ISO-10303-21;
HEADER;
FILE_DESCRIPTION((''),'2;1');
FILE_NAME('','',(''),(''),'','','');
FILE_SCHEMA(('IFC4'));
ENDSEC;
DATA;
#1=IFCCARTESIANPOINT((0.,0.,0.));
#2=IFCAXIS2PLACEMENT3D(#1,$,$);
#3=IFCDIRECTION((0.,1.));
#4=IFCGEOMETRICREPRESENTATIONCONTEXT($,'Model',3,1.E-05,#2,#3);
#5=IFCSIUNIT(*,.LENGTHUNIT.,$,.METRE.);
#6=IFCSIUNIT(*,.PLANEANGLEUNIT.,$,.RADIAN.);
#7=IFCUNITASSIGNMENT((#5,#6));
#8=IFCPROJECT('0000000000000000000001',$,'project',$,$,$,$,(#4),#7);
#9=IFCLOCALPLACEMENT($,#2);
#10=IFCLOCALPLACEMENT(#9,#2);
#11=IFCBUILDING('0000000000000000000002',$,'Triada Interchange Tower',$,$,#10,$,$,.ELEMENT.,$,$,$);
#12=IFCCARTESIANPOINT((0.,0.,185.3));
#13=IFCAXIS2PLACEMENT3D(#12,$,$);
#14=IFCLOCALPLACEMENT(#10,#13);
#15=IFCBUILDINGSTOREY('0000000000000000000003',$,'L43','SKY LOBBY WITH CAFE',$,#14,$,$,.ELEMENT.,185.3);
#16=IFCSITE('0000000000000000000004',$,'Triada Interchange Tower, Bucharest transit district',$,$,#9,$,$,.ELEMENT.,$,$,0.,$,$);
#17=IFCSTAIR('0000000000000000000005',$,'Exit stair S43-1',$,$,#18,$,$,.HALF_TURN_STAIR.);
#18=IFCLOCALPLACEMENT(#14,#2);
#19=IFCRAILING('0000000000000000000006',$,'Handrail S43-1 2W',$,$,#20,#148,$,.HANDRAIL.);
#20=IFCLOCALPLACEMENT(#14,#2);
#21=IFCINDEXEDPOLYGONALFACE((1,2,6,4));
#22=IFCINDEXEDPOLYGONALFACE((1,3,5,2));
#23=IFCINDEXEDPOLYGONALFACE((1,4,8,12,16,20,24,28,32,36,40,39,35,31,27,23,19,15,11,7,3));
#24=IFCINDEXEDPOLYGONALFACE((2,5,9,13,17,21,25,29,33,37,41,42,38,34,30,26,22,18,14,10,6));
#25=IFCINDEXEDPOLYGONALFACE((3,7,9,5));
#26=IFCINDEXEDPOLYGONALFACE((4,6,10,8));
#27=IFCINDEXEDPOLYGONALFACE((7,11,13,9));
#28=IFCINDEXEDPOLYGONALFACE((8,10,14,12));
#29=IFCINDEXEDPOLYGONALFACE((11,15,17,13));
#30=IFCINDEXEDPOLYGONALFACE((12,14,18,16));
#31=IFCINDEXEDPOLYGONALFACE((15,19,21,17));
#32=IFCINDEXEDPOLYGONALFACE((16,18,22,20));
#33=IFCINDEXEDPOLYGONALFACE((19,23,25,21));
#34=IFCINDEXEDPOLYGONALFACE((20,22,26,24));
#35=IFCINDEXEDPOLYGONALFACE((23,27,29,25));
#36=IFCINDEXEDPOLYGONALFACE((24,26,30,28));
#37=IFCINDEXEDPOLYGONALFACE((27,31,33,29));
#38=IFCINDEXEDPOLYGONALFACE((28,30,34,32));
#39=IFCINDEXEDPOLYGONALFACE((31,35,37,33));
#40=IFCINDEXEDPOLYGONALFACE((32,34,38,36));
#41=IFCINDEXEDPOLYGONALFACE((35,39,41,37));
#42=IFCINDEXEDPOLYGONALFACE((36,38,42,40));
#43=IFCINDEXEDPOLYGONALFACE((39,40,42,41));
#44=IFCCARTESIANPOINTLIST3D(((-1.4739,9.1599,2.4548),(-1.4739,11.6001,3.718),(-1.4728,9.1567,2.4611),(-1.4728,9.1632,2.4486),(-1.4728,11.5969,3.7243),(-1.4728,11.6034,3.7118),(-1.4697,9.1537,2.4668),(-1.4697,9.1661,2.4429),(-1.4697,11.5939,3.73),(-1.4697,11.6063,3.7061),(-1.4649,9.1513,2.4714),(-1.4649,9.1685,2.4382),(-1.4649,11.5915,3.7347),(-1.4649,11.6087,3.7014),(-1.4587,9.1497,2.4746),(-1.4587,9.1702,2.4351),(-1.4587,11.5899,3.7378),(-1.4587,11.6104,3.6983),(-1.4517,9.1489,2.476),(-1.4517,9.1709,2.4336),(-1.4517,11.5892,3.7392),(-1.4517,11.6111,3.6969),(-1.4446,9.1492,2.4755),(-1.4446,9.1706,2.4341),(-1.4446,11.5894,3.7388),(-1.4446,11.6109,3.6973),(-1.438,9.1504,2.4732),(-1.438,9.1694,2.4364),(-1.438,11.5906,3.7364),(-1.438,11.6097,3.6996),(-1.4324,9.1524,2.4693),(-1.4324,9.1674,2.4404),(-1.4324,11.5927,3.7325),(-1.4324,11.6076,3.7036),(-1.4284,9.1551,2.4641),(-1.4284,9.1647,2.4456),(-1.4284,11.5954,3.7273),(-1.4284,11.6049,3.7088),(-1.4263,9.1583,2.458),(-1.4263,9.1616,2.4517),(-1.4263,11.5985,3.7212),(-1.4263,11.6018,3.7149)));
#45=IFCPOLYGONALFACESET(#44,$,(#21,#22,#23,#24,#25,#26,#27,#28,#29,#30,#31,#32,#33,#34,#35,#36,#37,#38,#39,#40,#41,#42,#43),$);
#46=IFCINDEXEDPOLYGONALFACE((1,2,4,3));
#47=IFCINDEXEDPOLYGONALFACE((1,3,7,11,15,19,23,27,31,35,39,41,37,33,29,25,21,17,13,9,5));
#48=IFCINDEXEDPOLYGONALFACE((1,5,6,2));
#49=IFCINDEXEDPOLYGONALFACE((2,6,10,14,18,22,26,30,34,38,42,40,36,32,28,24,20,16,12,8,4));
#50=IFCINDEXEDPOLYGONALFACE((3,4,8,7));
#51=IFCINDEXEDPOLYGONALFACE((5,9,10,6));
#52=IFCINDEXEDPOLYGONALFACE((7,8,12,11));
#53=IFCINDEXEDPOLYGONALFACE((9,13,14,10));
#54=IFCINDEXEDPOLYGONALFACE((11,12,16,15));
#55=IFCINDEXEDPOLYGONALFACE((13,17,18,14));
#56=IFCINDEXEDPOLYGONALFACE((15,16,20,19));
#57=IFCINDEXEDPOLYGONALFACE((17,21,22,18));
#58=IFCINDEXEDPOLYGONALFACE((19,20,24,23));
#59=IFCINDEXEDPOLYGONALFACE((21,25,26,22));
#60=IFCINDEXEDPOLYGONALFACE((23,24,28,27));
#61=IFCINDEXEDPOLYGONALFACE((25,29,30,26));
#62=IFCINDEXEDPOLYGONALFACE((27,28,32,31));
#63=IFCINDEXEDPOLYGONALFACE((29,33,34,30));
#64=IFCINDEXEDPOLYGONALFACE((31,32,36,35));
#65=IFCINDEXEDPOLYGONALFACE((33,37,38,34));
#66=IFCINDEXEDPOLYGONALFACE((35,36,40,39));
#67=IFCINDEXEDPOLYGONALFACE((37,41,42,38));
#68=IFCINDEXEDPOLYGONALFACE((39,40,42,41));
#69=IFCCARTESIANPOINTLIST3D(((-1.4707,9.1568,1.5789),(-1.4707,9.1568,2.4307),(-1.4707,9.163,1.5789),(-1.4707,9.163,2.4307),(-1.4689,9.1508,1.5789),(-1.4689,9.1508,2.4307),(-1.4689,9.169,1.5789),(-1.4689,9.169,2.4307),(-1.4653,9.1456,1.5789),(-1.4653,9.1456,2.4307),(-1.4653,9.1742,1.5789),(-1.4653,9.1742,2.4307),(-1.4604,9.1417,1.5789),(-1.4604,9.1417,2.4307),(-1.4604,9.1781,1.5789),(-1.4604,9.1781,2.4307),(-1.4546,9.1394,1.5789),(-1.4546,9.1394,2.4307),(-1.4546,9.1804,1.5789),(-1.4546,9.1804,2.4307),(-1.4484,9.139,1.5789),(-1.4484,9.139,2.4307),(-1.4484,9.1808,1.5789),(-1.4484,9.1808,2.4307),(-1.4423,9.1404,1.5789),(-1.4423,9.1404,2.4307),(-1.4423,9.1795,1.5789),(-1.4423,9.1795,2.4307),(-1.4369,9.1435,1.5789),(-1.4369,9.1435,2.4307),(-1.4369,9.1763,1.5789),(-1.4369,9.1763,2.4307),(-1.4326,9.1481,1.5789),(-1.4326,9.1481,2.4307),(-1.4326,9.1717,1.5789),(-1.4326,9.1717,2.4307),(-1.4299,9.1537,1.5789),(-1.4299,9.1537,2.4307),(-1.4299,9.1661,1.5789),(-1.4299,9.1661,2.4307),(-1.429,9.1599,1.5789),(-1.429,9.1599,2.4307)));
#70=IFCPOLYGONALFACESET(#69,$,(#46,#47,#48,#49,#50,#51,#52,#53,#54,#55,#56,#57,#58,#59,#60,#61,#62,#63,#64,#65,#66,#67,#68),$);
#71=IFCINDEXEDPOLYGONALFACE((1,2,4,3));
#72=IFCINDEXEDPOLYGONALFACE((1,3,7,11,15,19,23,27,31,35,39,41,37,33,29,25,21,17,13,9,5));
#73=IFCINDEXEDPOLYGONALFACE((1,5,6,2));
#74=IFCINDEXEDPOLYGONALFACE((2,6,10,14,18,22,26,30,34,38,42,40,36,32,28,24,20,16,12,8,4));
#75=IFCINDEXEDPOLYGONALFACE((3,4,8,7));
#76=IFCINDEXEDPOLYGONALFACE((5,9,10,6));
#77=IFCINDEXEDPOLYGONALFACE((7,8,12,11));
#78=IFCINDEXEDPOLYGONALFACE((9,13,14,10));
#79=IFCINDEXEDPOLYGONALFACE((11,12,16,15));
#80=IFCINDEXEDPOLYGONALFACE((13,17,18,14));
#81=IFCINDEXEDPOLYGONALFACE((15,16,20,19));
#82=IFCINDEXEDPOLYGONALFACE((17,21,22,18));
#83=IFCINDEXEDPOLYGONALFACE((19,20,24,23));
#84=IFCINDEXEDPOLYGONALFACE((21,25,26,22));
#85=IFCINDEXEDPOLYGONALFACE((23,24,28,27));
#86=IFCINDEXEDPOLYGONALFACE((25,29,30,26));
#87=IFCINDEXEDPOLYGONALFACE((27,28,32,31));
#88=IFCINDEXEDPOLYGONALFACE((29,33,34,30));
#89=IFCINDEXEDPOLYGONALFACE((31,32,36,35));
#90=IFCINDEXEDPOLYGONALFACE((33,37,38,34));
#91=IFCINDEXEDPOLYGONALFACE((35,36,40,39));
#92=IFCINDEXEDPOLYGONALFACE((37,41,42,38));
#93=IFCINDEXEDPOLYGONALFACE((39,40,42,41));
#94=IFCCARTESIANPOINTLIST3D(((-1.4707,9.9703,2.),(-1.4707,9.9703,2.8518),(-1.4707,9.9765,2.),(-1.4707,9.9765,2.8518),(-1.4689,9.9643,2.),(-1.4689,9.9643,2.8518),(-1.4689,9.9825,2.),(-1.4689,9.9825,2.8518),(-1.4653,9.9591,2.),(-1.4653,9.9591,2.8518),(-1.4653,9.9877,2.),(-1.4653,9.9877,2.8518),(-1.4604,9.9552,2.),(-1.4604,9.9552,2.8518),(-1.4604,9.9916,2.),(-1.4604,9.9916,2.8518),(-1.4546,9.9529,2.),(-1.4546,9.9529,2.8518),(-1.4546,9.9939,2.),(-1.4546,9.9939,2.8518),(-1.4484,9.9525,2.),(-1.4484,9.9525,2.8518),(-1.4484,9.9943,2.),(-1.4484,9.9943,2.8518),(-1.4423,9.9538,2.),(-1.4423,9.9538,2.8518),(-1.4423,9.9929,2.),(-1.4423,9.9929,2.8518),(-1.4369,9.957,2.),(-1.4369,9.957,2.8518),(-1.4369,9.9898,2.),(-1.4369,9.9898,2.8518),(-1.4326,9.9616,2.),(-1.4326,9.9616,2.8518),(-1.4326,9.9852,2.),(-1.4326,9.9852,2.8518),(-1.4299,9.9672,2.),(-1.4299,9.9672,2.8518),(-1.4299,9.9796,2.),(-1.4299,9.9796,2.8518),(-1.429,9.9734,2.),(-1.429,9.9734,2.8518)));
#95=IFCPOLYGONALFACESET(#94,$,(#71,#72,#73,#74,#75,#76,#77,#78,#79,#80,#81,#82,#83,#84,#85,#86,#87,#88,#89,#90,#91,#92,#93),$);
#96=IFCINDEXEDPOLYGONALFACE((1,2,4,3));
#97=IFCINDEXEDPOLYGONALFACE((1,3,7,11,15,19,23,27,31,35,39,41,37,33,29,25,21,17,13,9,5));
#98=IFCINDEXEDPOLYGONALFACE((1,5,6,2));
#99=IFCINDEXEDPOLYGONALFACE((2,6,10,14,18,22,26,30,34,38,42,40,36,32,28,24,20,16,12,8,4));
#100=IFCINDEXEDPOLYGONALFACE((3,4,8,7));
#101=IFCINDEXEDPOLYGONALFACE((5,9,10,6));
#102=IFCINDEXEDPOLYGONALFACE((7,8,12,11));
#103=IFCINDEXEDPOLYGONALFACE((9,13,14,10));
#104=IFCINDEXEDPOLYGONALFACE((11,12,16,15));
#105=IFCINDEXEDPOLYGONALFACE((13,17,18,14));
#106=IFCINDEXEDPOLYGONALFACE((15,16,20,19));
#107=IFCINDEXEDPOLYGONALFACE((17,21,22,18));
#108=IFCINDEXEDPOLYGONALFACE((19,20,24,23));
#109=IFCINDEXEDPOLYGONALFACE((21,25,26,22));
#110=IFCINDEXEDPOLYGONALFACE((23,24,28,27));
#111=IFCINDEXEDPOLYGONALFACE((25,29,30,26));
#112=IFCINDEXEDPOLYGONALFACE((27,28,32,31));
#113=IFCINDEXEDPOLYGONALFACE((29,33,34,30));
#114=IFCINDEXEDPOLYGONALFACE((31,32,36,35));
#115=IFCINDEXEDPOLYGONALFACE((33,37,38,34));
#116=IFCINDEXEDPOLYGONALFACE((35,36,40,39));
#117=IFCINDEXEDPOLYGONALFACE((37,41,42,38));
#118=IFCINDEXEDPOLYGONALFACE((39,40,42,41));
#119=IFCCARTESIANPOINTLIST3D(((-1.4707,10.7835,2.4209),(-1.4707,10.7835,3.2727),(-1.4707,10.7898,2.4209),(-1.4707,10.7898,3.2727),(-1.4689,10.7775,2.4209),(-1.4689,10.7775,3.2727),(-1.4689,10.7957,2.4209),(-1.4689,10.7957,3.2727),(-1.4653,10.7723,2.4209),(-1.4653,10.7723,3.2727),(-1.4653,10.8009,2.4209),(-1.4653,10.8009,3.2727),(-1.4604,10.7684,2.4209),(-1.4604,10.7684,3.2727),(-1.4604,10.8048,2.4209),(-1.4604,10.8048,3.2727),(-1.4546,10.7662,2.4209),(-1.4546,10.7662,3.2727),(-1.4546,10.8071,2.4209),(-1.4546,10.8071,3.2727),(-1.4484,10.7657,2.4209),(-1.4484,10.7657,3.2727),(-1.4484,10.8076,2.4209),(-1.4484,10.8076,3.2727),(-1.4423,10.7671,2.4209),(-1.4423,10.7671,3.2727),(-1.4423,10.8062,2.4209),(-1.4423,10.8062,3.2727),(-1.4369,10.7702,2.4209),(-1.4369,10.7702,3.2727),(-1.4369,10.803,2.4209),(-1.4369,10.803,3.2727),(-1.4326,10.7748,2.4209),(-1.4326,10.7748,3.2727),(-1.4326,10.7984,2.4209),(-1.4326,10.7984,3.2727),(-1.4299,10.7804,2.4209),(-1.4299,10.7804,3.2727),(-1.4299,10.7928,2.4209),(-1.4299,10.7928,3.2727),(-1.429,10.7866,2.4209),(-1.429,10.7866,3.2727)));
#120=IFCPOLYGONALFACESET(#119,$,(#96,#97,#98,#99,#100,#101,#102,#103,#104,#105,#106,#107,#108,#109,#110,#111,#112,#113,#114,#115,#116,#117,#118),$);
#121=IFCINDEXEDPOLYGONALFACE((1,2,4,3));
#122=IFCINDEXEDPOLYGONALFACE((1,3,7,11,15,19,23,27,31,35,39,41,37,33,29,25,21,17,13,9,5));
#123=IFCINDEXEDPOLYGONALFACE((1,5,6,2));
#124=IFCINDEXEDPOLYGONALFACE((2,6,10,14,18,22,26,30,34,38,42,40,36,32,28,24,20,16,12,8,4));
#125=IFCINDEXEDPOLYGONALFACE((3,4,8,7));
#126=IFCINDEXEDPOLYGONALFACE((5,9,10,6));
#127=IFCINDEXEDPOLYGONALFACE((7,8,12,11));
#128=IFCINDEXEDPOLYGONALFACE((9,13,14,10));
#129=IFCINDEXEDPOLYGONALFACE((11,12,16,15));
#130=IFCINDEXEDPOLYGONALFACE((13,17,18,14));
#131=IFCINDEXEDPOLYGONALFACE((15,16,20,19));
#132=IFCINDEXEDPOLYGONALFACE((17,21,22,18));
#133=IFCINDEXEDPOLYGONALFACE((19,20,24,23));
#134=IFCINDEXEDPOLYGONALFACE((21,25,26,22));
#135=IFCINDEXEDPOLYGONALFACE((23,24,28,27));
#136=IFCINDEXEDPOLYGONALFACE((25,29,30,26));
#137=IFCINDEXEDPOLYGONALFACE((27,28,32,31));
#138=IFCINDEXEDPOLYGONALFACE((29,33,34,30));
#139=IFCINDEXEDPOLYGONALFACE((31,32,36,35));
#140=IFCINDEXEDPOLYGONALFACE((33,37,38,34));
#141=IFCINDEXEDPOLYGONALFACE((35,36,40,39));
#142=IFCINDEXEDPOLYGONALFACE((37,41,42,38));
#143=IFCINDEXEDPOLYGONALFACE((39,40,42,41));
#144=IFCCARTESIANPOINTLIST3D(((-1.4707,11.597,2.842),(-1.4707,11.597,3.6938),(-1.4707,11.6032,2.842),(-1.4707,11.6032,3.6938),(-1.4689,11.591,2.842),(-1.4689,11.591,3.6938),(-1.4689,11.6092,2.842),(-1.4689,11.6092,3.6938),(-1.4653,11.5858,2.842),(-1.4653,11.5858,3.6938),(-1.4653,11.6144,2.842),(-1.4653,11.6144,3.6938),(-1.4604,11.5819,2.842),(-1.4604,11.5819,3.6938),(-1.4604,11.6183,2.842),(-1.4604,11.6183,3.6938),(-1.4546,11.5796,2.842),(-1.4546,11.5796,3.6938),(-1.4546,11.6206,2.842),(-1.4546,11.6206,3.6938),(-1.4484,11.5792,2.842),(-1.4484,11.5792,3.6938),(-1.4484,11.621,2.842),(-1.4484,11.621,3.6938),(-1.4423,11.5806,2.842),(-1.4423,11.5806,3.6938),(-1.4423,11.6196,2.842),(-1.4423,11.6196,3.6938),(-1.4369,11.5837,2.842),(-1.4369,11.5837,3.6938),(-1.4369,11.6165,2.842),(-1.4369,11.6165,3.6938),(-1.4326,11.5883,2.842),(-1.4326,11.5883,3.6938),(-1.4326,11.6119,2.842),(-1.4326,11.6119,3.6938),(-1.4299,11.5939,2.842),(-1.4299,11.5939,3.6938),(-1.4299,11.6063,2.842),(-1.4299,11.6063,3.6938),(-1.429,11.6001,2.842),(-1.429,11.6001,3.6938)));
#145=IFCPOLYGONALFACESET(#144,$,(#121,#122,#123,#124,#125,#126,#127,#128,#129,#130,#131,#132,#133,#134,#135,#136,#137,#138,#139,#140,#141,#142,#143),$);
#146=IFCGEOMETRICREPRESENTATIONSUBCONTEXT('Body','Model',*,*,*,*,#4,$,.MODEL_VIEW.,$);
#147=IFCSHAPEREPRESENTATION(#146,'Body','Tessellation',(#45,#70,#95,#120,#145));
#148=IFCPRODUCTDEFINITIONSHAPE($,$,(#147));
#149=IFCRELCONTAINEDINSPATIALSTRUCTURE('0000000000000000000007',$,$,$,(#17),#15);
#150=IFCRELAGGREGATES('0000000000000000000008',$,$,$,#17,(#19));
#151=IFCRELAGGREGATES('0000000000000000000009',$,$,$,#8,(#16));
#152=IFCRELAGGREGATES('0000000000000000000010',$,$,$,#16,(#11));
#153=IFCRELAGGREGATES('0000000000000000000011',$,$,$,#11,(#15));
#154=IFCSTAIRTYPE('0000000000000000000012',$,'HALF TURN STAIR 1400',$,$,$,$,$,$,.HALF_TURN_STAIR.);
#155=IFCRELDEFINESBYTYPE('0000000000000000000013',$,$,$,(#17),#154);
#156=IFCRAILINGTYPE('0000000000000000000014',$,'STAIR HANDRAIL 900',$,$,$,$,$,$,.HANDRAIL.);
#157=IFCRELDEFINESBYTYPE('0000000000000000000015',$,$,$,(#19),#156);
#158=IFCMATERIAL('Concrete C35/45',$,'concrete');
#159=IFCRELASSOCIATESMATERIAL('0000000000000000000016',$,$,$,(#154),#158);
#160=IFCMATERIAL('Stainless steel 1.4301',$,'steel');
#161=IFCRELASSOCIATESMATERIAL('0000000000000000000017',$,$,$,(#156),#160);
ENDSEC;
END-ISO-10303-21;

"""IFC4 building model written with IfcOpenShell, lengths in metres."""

from ifc_helpers import new_model, si_unit, direction, frame, origin, origin_2d, place, context, subcontext, project, spatial, circle, extrude, material, type_object, element, aggregate, save


model = new_model("IFC4")

# Units and contexts
model_context = context("Model", 3, precision=1e-05, world=origin(), true_north=direction((0.0, 1.0)))
body_context = subcontext(model_context, "Body", "Model", "MODEL_VIEW")
ifc_project = project(units=[si_unit("LENGTHUNIT", "METRE"), si_unit("PLANEANGLEUNIT", "RADIAN")], contexts=[model_context])

# Site, building, storey
site_placement = place(None, origin())
site = spatial("IfcSite", under=ifc_project, at=site_placement, Name="Triada Interchange Tower, Bucharest transit district", CompositionType="ELEMENT", RefElevation=0.0)
building_placement = place(site_placement, origin())
building = spatial("IfcBuilding", under=site, at=building_placement, Name="Triada Interchange Tower", CompositionType="ELEMENT")
storey_placement = place(building_placement, frame((0.0, 0.0, 185.3)))
storey = spatial("IfcBuildingStorey", under=building, at=storey_placement, Name="L43", Description="SKY LOBBY WITH CAFE", CompositionType="ELEMENT", Elevation=185.3)

# Stair, railing
ifc_material_1 = material(Name="Concrete C35/45", Category="concrete")
stair_type = type_object("IfcStairType", Name="HALF TURN STAIR 1400", PredefinedType="HALF_TURN_STAIR", material=ifc_material_1)
stair_placement = place(storey_placement, origin())
stair = element("IfcStair", 1, at=stair_placement, inside=storey, type_object=stair_type, Name="Exit stair S43-1", PredefinedType="HALF_TURN_STAIR")
ifc_material_2 = material(Name="Stainless steel 1.4301", Category="steel")
railing_type = type_object("IfcRailingType", Name="STAIR HANDRAIL 900", PredefinedType="HANDRAIL", material=ifc_material_2)
railing_1_placement = place(storey_placement, frame((-1.45, 9.1599, 1.5789)))
railing_1 = element("IfcRailing", 2, at=railing_1_placement, type_object=railing_type, Name="Handrail S43-1 2W", PredefinedType="HANDRAIL", context=body_context, shape_type="SweptSolid", body=[
    extrude(circle(Radius=0.0239, at=origin_2d()), frame((0.0, 0.0, 0.876), z_axis=(0.0, 0.888066, 0.459715), x_axis=(-1.0, 0.0, 0.0)), (0.0, 0.0, 1.0), 2.7478),
    extrude(circle(Radius=0.021, at=origin_2d()), origin(), (0.0, 0.0, 1.0), 0.8518),
    extrude(circle(Radius=0.021, at=origin_2d()), frame((0.0, 0.8135, 0.4211)), (0.0, 0.0, 1.0), 0.8518),
    extrude(circle(Radius=0.021, at=origin_2d()), frame((0.0, 1.6267, 0.842)), (0.0, 0.0, 1.0), 0.8518),
    extrude(circle(Radius=0.021, at=origin_2d()), frame((0.0, 2.4402, 1.2632)), (0.0, 0.0, 1.0), 0.8518),
])
aggregate(stair, [railing_1])

save(model, "model.ifc")
